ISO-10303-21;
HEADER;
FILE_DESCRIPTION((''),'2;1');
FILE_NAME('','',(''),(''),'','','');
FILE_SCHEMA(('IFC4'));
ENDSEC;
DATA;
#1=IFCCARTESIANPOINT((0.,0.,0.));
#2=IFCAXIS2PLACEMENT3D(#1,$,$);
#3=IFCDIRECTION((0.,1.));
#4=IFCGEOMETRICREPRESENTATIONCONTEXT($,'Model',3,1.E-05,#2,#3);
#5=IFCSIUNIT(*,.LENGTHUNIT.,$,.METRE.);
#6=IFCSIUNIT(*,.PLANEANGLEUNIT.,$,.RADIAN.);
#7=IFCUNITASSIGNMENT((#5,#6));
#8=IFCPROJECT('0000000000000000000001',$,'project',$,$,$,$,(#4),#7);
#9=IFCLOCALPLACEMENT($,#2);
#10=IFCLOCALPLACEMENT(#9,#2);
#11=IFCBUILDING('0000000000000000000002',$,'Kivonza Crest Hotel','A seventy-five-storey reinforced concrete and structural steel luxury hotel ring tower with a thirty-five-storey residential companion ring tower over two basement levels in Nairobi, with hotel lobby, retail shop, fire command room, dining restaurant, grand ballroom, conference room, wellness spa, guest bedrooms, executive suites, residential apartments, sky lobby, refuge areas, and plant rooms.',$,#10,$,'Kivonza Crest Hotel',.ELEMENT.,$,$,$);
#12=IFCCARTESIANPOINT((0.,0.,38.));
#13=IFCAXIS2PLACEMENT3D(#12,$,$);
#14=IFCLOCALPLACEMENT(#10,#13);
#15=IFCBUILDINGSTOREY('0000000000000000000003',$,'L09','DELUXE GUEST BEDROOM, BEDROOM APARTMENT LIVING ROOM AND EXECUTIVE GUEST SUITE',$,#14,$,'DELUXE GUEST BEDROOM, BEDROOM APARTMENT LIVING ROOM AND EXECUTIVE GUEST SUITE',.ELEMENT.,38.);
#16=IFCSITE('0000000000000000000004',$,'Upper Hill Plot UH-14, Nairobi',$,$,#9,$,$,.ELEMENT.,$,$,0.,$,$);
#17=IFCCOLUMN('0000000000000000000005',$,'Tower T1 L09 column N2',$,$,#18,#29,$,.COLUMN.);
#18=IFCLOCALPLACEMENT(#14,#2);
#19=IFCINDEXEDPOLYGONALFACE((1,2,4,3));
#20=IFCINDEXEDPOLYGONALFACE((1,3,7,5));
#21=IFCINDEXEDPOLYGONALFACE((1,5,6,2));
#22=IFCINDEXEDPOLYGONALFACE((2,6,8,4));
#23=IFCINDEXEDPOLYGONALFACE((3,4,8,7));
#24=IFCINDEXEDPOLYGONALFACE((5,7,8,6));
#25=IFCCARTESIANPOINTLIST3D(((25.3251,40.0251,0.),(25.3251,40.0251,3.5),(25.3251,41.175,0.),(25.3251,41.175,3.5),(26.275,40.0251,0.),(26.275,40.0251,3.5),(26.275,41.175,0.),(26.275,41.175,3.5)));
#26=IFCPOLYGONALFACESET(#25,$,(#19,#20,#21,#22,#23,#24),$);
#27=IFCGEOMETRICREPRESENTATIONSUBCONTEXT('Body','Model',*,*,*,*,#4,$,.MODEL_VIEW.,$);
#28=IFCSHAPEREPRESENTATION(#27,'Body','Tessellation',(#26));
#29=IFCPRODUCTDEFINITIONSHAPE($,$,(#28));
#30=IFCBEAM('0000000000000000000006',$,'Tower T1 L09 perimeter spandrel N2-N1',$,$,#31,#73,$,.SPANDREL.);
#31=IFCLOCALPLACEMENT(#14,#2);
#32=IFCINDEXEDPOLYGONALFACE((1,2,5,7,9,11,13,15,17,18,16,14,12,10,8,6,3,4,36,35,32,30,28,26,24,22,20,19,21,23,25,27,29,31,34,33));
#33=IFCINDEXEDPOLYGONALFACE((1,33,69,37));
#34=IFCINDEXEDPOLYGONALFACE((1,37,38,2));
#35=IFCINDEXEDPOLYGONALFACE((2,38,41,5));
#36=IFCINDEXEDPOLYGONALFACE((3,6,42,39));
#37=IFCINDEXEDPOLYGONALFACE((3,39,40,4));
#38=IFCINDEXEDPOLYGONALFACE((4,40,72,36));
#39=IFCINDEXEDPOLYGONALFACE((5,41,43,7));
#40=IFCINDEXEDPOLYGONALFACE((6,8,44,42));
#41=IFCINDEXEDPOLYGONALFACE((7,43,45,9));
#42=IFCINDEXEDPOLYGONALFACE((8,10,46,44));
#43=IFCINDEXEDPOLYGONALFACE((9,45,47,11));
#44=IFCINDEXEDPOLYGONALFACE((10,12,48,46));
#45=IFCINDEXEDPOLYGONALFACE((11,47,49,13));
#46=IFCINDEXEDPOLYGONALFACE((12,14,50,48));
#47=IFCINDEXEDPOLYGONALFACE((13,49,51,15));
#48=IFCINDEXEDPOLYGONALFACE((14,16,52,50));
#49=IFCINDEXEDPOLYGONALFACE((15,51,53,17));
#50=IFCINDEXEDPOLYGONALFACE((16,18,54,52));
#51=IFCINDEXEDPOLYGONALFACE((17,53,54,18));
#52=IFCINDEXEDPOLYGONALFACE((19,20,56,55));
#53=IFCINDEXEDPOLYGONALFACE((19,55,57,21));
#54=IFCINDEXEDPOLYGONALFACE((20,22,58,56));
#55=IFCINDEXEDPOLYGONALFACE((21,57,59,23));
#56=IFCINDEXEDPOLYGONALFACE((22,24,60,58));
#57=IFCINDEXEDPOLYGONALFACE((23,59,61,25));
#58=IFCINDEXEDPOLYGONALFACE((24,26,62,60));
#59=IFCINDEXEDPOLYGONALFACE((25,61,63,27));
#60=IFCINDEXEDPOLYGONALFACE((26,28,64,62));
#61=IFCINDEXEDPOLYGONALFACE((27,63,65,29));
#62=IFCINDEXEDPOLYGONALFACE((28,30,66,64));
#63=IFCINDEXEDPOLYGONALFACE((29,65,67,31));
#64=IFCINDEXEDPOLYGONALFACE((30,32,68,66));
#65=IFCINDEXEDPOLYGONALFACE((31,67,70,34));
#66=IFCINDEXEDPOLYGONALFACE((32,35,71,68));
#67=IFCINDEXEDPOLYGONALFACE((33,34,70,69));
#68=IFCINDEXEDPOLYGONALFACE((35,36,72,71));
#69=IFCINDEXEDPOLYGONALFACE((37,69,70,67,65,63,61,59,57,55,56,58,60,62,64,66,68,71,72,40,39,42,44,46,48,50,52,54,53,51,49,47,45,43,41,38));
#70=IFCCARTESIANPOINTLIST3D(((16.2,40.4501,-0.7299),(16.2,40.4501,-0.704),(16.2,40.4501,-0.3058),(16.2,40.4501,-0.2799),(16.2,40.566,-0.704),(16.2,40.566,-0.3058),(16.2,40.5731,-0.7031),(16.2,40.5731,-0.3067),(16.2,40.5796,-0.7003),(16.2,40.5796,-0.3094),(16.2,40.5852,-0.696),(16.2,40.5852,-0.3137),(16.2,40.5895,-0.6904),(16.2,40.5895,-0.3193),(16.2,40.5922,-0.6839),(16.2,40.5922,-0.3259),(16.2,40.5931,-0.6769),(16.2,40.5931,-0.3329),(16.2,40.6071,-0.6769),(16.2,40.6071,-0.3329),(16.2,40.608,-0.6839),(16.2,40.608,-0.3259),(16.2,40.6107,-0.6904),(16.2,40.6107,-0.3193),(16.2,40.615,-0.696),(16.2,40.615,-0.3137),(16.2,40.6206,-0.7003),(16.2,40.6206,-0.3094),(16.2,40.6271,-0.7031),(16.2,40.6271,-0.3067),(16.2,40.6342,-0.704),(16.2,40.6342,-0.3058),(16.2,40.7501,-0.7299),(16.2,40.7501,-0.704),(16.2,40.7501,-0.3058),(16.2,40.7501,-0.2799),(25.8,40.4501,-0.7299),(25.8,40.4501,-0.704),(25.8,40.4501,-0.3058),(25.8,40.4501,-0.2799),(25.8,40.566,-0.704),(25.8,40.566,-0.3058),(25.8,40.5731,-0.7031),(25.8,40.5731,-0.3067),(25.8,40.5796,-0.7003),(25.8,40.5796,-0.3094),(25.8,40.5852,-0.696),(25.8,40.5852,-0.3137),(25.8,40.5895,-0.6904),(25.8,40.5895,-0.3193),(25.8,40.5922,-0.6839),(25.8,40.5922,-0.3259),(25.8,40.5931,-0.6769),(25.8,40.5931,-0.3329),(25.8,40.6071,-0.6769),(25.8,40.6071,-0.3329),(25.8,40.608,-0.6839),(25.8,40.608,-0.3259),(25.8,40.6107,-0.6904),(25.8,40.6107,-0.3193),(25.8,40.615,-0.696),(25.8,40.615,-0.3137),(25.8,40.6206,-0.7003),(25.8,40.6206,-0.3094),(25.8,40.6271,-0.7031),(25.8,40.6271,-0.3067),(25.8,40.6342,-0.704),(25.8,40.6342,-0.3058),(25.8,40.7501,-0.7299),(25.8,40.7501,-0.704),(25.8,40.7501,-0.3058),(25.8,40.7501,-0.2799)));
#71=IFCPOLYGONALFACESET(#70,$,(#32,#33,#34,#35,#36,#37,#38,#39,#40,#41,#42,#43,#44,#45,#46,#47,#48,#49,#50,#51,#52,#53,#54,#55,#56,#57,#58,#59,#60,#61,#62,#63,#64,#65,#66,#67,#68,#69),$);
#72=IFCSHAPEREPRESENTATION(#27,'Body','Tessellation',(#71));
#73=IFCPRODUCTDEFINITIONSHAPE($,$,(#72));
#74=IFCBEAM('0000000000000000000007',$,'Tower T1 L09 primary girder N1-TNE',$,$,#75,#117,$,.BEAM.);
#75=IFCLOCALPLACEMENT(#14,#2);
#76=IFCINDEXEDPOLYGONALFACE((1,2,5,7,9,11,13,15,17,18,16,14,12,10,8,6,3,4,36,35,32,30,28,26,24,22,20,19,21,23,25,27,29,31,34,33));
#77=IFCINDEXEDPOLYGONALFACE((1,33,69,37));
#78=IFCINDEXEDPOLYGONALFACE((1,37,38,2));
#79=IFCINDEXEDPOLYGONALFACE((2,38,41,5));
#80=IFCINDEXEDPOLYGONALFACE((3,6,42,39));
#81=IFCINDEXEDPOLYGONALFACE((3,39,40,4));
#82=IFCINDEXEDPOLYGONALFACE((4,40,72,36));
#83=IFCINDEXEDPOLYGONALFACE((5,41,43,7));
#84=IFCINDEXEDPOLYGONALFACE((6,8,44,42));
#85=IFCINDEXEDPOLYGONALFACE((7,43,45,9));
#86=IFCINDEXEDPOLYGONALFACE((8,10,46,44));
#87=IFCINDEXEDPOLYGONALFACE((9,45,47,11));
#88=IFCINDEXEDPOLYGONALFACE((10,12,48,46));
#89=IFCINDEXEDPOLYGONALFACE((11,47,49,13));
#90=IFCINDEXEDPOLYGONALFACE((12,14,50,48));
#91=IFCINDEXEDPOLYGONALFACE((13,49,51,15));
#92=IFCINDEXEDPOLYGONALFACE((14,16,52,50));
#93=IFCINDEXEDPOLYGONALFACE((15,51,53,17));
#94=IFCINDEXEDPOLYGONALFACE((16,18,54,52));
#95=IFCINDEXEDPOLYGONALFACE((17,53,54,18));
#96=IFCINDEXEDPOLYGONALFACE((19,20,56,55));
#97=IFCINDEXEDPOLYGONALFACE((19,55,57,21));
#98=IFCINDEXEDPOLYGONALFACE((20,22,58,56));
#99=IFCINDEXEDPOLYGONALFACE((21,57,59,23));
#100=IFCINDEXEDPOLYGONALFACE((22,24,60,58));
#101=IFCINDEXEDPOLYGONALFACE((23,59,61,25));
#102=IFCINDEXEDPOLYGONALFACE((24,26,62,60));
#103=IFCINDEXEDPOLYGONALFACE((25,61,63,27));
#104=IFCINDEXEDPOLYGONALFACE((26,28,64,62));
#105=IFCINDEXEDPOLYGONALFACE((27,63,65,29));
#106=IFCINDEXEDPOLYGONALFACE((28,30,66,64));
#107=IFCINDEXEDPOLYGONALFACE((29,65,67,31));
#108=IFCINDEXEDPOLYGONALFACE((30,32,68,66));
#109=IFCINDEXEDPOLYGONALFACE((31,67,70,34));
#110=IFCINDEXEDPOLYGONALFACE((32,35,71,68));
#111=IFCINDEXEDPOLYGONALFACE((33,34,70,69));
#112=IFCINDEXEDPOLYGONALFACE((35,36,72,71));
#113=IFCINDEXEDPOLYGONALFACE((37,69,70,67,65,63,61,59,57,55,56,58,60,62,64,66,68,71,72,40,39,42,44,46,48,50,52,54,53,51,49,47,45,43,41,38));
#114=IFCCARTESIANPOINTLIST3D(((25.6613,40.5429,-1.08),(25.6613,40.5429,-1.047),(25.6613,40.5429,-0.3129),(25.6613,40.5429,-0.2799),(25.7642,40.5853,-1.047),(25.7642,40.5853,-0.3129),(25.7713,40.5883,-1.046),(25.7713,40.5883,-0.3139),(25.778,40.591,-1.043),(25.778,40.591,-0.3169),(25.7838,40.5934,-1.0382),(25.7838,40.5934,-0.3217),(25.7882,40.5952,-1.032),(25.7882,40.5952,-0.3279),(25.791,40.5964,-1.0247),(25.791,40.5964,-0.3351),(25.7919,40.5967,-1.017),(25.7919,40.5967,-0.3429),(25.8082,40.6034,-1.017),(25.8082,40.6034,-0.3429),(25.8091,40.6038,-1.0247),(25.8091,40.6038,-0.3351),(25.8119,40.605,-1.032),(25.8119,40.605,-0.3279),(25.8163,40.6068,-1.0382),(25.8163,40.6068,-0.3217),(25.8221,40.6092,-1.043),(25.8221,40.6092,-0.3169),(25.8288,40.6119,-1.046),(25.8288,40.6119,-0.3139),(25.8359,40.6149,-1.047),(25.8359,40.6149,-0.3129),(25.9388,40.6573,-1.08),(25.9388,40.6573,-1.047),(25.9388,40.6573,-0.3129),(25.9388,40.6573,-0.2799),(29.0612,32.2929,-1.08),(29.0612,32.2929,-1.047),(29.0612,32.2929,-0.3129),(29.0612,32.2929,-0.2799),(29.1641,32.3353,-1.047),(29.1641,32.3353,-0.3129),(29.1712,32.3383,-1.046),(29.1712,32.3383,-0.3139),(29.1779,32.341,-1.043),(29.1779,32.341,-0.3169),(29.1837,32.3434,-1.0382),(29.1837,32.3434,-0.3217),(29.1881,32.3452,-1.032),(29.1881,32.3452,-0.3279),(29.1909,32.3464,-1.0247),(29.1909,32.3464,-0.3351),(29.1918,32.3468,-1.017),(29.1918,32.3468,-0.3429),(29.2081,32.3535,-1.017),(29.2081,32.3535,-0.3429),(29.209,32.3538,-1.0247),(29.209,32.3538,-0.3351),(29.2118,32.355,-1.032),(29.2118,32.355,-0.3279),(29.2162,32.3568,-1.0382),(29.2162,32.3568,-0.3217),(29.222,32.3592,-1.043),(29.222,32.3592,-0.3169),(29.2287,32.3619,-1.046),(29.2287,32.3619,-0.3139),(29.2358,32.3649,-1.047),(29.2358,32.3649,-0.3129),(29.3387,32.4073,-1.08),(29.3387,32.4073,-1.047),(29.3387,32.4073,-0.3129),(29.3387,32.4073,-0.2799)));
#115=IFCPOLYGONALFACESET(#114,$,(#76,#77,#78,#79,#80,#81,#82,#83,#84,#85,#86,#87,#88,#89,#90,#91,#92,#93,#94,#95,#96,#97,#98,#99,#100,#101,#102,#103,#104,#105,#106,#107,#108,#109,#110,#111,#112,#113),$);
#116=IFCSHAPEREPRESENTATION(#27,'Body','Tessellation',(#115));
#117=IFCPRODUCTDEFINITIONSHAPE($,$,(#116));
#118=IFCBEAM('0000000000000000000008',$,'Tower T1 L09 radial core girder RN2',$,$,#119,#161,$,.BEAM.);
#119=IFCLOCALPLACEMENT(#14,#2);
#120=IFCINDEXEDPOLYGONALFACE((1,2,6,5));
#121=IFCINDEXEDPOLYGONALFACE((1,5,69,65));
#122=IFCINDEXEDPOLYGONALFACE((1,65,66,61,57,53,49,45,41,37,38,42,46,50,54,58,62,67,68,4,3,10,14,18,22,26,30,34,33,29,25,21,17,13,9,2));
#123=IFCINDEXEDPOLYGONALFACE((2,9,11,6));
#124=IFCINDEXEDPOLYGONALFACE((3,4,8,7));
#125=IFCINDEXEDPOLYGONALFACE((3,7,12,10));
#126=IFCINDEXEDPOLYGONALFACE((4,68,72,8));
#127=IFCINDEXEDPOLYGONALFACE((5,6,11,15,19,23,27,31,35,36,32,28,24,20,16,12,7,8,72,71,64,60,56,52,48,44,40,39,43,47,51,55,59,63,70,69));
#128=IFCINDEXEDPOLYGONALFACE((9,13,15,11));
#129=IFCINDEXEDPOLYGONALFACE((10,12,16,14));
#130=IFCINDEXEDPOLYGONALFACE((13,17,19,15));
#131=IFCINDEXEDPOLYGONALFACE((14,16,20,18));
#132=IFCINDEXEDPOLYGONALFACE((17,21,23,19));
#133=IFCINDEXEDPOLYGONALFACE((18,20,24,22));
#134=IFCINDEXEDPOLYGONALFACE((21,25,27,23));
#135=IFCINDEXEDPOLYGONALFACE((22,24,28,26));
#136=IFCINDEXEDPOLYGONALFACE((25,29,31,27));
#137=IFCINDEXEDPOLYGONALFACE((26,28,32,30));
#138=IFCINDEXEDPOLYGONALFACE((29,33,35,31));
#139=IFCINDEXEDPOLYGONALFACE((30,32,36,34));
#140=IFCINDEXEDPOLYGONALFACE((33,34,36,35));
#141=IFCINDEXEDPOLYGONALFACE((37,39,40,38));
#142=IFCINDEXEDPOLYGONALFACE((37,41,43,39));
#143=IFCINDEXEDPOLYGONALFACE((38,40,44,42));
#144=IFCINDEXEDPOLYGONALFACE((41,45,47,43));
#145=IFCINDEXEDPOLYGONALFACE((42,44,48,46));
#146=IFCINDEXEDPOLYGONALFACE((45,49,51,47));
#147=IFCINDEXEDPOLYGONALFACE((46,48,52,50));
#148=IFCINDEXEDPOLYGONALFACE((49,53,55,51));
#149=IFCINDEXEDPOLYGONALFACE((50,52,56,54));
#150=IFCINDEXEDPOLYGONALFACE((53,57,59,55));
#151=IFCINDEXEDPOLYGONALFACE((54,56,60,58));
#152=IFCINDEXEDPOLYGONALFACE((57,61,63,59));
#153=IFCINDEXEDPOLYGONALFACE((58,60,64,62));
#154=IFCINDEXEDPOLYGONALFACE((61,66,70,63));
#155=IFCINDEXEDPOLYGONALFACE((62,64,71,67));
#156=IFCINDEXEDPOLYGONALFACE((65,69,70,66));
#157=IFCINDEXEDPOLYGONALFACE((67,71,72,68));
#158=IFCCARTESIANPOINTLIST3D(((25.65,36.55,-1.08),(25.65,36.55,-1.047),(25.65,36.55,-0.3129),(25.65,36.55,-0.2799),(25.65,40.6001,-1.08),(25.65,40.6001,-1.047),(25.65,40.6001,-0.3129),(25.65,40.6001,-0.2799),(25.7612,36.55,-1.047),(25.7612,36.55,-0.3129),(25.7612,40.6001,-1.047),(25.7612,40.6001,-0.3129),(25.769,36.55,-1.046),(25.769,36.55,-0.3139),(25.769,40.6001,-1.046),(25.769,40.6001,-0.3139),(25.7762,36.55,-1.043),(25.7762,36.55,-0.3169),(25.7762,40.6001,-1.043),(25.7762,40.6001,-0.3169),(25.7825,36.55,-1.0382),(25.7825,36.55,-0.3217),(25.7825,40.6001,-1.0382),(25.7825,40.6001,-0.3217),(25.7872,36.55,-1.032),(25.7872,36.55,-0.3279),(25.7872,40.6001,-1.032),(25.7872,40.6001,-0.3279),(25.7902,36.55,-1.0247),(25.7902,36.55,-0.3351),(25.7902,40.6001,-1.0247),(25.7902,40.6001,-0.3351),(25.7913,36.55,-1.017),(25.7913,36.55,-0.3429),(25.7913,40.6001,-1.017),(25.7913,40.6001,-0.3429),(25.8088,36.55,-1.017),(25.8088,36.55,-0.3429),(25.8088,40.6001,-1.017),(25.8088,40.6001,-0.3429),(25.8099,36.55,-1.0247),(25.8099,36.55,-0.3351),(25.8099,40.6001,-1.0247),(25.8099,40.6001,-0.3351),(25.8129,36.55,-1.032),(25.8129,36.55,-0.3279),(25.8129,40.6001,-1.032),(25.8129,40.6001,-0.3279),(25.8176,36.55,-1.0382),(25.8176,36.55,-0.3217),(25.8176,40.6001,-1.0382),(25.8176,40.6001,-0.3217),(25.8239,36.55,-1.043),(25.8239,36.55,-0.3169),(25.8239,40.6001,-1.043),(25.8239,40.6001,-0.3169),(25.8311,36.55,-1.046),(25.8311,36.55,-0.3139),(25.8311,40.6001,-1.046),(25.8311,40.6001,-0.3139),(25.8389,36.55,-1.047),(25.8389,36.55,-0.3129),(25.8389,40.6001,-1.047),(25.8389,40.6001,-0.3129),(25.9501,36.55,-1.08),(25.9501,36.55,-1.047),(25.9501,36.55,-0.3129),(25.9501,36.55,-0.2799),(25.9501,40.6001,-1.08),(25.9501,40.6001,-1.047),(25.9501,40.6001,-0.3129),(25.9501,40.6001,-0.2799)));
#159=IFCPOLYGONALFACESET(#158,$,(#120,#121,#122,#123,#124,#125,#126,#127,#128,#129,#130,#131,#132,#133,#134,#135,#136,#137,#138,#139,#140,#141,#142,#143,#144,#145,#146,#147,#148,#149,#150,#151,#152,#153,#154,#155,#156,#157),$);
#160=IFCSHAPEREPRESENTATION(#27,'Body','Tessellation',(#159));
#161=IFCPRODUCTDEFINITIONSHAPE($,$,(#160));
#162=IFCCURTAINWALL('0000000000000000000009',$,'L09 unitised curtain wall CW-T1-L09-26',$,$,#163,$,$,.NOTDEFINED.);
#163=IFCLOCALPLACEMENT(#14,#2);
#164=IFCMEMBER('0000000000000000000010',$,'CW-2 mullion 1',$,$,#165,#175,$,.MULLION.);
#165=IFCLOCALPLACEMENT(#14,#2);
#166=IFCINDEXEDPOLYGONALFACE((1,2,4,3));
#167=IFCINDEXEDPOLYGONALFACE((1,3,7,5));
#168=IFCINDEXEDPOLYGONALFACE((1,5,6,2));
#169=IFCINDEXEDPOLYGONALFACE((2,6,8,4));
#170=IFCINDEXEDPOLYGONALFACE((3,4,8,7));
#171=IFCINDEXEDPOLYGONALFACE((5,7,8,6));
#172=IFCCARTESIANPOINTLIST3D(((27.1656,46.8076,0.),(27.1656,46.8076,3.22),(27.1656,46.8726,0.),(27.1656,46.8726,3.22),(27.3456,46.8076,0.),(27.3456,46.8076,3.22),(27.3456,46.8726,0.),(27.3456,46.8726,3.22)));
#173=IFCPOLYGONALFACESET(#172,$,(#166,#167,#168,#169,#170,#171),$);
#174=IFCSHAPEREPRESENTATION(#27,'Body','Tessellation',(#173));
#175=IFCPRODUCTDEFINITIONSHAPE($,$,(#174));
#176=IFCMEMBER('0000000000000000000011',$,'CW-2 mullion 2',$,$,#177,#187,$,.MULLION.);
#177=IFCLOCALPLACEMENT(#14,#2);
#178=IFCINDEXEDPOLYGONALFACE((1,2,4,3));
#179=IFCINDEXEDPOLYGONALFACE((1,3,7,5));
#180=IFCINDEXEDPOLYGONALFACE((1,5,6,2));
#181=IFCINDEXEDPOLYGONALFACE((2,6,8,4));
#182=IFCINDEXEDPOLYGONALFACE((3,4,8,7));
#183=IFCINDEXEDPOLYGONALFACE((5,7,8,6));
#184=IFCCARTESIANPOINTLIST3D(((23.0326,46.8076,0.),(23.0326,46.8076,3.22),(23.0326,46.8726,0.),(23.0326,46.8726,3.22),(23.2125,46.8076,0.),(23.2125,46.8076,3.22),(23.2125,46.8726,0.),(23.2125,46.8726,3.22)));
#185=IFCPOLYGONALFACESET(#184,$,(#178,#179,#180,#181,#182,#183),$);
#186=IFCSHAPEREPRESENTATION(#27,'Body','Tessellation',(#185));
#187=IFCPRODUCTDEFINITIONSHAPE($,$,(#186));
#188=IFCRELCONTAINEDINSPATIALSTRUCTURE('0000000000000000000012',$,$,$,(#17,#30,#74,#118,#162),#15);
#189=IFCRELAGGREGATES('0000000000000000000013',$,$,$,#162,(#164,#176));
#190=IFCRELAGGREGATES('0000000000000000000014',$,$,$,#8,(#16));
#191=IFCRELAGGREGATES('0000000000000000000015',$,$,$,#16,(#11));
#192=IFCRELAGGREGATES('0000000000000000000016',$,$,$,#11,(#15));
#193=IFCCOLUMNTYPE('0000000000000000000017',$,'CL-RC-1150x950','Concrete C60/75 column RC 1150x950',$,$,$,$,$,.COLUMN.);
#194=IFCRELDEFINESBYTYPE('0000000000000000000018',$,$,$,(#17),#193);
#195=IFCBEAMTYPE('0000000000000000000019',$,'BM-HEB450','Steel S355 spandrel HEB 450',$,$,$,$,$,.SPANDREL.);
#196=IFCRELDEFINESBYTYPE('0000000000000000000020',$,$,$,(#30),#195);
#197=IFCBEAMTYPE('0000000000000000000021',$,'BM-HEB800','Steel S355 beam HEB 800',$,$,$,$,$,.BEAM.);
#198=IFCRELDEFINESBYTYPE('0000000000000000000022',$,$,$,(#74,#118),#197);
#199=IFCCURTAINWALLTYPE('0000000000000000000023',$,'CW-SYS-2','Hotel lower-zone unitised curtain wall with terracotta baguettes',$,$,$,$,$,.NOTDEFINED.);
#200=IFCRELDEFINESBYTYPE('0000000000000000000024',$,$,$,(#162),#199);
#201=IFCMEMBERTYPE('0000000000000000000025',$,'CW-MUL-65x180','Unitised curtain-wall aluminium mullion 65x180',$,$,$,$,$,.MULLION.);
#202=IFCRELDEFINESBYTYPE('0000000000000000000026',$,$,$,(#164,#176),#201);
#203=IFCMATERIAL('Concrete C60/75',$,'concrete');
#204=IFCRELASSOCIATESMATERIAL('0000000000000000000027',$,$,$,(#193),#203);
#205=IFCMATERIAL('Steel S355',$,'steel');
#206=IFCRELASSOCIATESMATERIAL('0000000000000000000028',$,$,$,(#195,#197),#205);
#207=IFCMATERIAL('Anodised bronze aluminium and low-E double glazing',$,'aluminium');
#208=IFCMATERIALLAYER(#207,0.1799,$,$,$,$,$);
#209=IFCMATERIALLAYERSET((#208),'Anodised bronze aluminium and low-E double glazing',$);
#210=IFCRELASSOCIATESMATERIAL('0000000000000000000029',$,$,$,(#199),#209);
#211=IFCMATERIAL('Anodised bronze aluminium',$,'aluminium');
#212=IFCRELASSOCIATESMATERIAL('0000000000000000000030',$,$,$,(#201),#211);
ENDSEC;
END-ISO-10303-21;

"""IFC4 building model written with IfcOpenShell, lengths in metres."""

from ifc_helpers import new_model, si_unit, direction, frame, origin, origin_2d, place, context, subcontext, project, spatial, rectangle, i_section, extrude, material, layer, layer_set, material_profile, profile_set, type_object, element, aggregate, save


model = new_model("IFC4")

# Units and contexts
model_context = context("Model", 3, precision=1e-05, world=origin(), true_north=direction((0.0, 1.0)))
body_context = subcontext(model_context, "Body", "Model", "MODEL_VIEW")
ifc_project = project(units=[si_unit("LENGTHUNIT", "METRE"), si_unit("PLANEANGLEUNIT", "RADIAN")], contexts=[model_context])

# Site, building, storey
site_placement = place(None, origin())
site = spatial("IfcSite", under=ifc_project, at=site_placement, Name="Upper Hill Plot UH-14, Nairobi", CompositionType="ELEMENT", RefElevation=0.0)
building_placement = place(site_placement, origin())
building = spatial("IfcBuilding", under=site, at=building_placement, Name="Kivonza Crest Hotel", Description="A seventy-five-storey reinforced concrete and structural steel luxury hotel ring tower with a thirty-five-storey residential companion ring tower over two basement levels in Nairobi, with hotel lobby, retail shop, fire command room, dining restaurant, grand ballroom, conference room, wellness spa, guest bedrooms, executive suites, residential apartments, sky lobby, refuge areas, and plant rooms.", LongName="Kivonza Crest Hotel", CompositionType="ELEMENT")
storey_placement = place(building_placement, frame((0.0, 0.0, 38.0)))
storey = spatial("IfcBuildingStorey", under=building, at=storey_placement, Name="L09", Description="DELUXE GUEST BEDROOM, BEDROOM APARTMENT LIVING ROOM AND EXECUTIVE GUEST SUITE", LongName="DELUXE GUEST BEDROOM, BEDROOM APARTMENT LIVING ROOM AND EXECUTIVE GUEST SUITE", CompositionType="ELEMENT", Elevation=38.0)

# Column
ifc_material_1 = material(Name="Concrete C60/75", Category="concrete")
ifc_material_profile_1 = material_profile(ifc_material_1, rectangle(XDim=0.95, YDim=1.1499, at=origin_2d()), Name="RC 1150x950")
ifc_profile_set_1 = profile_set([ifc_material_profile_1], Name="Concrete C60/75")
column_type = type_object("IfcColumnType", Name="CL-RC-1150x950", Description="Concrete C60/75 column RC 1150x950", PredefinedType="COLUMN", material=ifc_profile_set_1)
column_placement = place(storey_placement, frame((25.8, 40.6001, 0.0), z_axis=(0.0, 0.0, 1.0), x_axis=(1.0, 0.0, 0.0)))
element("IfcColumn", 1, at=column_placement, inside=storey, type_object=column_type, Name="Tower T1 L09 column N2", PredefinedType="COLUMN", context=body_context, shape_type="SweptSolid", body=[
    extrude(rectangle(XDim=0.95, YDim=1.1499, at=origin_2d()), origin(), (0.0, 0.0, 1.0), 3.5),
])

# Beams
ifc_material_2 = material(Name="Steel S355", Category="steel")
ifc_material_profile_2 = material_profile(ifc_material_2, i_section(OverallWidth=0.3, OverallDepth=0.45, WebThickness=0.0139, FlangeThickness=0.0259, FilletRadius=0.0271, at=origin_2d()), Name="HEB 450")
ifc_profile_set_2 = profile_set([ifc_material_profile_2], Name="Steel S355")
beam_type_1 = type_object("IfcBeamType", Name="BM-HEB450", Description="Steel S355 spandrel HEB 450", PredefinedType="SPANDREL", material=ifc_profile_set_2)
beam_1_placement = place(storey_placement, frame((25.8, 40.6001, -0.5049), z_axis=(-1.0, 0.0, 0.0), x_axis=(0.0, -1.0, 0.0)))
element("IfcBeam", 2, at=beam_1_placement, inside=storey, type_object=beam_type_1, Name="Tower T1 L09 perimeter spandrel N2-N1", PredefinedType="SPANDREL", context=body_context, shape_type="SweptSolid", body=[
    extrude(i_section(OverallWidth=0.3, OverallDepth=0.45, WebThickness=0.0139, FlangeThickness=0.0259, FilletRadius=0.0271, at=origin_2d()), origin(), (0.0, 0.0, 1.0), 9.6001),
])
ifc_material_profile_3 = material_profile(ifc_material_2, i_section(OverallWidth=0.3, OverallDepth=0.8, WebThickness=0.0176, FlangeThickness=0.033, FilletRadius=0.03, at=origin_2d()), Name="HEB 800")
ifc_profile_set_3 = profile_set([ifc_material_profile_3], Name="Steel S355")
beam_type_2 = type_object("IfcBeamType", Name="BM-HEB800", Description="Steel S355 beam HEB 800", PredefinedType="BEAM", material=ifc_profile_set_3)
beam_2_placement = place(storey_placement, frame((25.8, 40.6001, -0.6799), z_axis=(0.381022, -0.924566, 0.0), x_axis=(0.924566, 0.381022, 0.0)))
element("IfcBeam", 3, at=beam_2_placement, inside=storey, type_object=beam_type_2, Name="Tower T1 L09 primary girder N1-TNE", PredefinedType="BEAM", context=body_context, shape_type="SweptSolid", body=[
    extrude(i_section(OverallWidth=0.3, OverallDepth=0.8, WebThickness=0.0176, FlangeThickness=0.033, FilletRadius=0.03, at=origin_2d()), origin(), (0.0, 0.0, 1.0), 8.9231),
])
beam_3_placement = place(storey_placement, frame((25.8, 40.6001, -0.6799), z_axis=(0.0, -1.0, 0.0), x_axis=(1.0, 0.0, 0.0)))
element("IfcBeam", 4, at=beam_3_placement, inside=storey, type_object=beam_type_2, Name="Tower T1 L09 radial core girder RN2", PredefinedType="BEAM", context=body_context, shape_type="SweptSolid", body=[
    extrude(i_section(OverallWidth=0.3, OverallDepth=0.8, WebThickness=0.0176, FlangeThickness=0.033, FilletRadius=0.03, at=origin_2d()), origin(), (0.0, 0.0, 1.0), 4.05),
])

# Curtain wall, members
ifc_material_3 = material(Name="Anodised bronze aluminium and low-E double glazing", Category="aluminium")
ifc_layer_1 = layer(ifc_material_3, 0.1799)
ifc_layer_set_1 = layer_set([ifc_layer_1], Name="Anodised bronze aluminium and low-E double glazing")
curtain_wall_type = type_object("IfcCurtainWallType", Name="CW-SYS-2", Description="Hotel lower-zone unitised curtain wall with terracotta baguettes", PredefinedType="NOTDEFINED", material=ifc_layer_set_1)
curtain_wall_placement = place(storey_placement, origin())
curtain_wall = element("IfcCurtainWall", 5, at=curtain_wall_placement, inside=storey, type_object=curtain_wall_type, Name="L09 unitised curtain wall CW-T1-L09-26", PredefinedType="NOTDEFINED")
ifc_material_4 = material(Name="Anodised bronze aluminium", Category="aluminium")
ifc_material_profile_4 = material_profile(ifc_material_4, rectangle(XDim=0.0649, YDim=0.1799, at=origin_2d()), Name="CW-M 65x180")
ifc_profile_set_4 = profile_set([ifc_material_profile_4], Name="Anodised bronze aluminium")
member_type_1 = type_object("IfcMemberType", Name="CW-MUL-65x180", Description="Unitised curtain-wall aluminium mullion 65x180", PredefinedType="MULLION", material=ifc_profile_set_4)
member_1_placement = place(storey_placement, frame((27.2556, 46.8401, 0.0), z_axis=(0.0, 0.0, 1.0), x_axis=(0.0, -1.0, 0.0)))
member_1 = element("IfcMember", 6, at=member_1_placement, type_object=member_type_1, Name="CW-2 mullion 1", PredefinedType="MULLION", context=body_context, shape_type="SweptSolid", body=[
    extrude(rectangle(XDim=0.0649, YDim=0.1799, at=origin_2d()), origin(), (0.0, 0.0, 1.0), 3.22),
])
member_2_placement = place(storey_placement, frame((23.1226, 46.8401, 0.0), z_axis=(0.0, 0.0, 1.0), x_axis=(0.0, -1.0, 0.0)))
member_2 = element("IfcMember", 7, at=member_2_placement, type_object=member_type_1, Name="CW-2 mullion 2", PredefinedType="MULLION", context=body_context, shape_type="SweptSolid", body=[
    extrude(rectangle(XDim=0.0649, YDim=0.1799, at=origin_2d()), origin(), (0.0, 0.0, 1.0), 3.22),
])
aggregate(curtain_wall, [member_1, member_2])

save(model, "model.ifc")
